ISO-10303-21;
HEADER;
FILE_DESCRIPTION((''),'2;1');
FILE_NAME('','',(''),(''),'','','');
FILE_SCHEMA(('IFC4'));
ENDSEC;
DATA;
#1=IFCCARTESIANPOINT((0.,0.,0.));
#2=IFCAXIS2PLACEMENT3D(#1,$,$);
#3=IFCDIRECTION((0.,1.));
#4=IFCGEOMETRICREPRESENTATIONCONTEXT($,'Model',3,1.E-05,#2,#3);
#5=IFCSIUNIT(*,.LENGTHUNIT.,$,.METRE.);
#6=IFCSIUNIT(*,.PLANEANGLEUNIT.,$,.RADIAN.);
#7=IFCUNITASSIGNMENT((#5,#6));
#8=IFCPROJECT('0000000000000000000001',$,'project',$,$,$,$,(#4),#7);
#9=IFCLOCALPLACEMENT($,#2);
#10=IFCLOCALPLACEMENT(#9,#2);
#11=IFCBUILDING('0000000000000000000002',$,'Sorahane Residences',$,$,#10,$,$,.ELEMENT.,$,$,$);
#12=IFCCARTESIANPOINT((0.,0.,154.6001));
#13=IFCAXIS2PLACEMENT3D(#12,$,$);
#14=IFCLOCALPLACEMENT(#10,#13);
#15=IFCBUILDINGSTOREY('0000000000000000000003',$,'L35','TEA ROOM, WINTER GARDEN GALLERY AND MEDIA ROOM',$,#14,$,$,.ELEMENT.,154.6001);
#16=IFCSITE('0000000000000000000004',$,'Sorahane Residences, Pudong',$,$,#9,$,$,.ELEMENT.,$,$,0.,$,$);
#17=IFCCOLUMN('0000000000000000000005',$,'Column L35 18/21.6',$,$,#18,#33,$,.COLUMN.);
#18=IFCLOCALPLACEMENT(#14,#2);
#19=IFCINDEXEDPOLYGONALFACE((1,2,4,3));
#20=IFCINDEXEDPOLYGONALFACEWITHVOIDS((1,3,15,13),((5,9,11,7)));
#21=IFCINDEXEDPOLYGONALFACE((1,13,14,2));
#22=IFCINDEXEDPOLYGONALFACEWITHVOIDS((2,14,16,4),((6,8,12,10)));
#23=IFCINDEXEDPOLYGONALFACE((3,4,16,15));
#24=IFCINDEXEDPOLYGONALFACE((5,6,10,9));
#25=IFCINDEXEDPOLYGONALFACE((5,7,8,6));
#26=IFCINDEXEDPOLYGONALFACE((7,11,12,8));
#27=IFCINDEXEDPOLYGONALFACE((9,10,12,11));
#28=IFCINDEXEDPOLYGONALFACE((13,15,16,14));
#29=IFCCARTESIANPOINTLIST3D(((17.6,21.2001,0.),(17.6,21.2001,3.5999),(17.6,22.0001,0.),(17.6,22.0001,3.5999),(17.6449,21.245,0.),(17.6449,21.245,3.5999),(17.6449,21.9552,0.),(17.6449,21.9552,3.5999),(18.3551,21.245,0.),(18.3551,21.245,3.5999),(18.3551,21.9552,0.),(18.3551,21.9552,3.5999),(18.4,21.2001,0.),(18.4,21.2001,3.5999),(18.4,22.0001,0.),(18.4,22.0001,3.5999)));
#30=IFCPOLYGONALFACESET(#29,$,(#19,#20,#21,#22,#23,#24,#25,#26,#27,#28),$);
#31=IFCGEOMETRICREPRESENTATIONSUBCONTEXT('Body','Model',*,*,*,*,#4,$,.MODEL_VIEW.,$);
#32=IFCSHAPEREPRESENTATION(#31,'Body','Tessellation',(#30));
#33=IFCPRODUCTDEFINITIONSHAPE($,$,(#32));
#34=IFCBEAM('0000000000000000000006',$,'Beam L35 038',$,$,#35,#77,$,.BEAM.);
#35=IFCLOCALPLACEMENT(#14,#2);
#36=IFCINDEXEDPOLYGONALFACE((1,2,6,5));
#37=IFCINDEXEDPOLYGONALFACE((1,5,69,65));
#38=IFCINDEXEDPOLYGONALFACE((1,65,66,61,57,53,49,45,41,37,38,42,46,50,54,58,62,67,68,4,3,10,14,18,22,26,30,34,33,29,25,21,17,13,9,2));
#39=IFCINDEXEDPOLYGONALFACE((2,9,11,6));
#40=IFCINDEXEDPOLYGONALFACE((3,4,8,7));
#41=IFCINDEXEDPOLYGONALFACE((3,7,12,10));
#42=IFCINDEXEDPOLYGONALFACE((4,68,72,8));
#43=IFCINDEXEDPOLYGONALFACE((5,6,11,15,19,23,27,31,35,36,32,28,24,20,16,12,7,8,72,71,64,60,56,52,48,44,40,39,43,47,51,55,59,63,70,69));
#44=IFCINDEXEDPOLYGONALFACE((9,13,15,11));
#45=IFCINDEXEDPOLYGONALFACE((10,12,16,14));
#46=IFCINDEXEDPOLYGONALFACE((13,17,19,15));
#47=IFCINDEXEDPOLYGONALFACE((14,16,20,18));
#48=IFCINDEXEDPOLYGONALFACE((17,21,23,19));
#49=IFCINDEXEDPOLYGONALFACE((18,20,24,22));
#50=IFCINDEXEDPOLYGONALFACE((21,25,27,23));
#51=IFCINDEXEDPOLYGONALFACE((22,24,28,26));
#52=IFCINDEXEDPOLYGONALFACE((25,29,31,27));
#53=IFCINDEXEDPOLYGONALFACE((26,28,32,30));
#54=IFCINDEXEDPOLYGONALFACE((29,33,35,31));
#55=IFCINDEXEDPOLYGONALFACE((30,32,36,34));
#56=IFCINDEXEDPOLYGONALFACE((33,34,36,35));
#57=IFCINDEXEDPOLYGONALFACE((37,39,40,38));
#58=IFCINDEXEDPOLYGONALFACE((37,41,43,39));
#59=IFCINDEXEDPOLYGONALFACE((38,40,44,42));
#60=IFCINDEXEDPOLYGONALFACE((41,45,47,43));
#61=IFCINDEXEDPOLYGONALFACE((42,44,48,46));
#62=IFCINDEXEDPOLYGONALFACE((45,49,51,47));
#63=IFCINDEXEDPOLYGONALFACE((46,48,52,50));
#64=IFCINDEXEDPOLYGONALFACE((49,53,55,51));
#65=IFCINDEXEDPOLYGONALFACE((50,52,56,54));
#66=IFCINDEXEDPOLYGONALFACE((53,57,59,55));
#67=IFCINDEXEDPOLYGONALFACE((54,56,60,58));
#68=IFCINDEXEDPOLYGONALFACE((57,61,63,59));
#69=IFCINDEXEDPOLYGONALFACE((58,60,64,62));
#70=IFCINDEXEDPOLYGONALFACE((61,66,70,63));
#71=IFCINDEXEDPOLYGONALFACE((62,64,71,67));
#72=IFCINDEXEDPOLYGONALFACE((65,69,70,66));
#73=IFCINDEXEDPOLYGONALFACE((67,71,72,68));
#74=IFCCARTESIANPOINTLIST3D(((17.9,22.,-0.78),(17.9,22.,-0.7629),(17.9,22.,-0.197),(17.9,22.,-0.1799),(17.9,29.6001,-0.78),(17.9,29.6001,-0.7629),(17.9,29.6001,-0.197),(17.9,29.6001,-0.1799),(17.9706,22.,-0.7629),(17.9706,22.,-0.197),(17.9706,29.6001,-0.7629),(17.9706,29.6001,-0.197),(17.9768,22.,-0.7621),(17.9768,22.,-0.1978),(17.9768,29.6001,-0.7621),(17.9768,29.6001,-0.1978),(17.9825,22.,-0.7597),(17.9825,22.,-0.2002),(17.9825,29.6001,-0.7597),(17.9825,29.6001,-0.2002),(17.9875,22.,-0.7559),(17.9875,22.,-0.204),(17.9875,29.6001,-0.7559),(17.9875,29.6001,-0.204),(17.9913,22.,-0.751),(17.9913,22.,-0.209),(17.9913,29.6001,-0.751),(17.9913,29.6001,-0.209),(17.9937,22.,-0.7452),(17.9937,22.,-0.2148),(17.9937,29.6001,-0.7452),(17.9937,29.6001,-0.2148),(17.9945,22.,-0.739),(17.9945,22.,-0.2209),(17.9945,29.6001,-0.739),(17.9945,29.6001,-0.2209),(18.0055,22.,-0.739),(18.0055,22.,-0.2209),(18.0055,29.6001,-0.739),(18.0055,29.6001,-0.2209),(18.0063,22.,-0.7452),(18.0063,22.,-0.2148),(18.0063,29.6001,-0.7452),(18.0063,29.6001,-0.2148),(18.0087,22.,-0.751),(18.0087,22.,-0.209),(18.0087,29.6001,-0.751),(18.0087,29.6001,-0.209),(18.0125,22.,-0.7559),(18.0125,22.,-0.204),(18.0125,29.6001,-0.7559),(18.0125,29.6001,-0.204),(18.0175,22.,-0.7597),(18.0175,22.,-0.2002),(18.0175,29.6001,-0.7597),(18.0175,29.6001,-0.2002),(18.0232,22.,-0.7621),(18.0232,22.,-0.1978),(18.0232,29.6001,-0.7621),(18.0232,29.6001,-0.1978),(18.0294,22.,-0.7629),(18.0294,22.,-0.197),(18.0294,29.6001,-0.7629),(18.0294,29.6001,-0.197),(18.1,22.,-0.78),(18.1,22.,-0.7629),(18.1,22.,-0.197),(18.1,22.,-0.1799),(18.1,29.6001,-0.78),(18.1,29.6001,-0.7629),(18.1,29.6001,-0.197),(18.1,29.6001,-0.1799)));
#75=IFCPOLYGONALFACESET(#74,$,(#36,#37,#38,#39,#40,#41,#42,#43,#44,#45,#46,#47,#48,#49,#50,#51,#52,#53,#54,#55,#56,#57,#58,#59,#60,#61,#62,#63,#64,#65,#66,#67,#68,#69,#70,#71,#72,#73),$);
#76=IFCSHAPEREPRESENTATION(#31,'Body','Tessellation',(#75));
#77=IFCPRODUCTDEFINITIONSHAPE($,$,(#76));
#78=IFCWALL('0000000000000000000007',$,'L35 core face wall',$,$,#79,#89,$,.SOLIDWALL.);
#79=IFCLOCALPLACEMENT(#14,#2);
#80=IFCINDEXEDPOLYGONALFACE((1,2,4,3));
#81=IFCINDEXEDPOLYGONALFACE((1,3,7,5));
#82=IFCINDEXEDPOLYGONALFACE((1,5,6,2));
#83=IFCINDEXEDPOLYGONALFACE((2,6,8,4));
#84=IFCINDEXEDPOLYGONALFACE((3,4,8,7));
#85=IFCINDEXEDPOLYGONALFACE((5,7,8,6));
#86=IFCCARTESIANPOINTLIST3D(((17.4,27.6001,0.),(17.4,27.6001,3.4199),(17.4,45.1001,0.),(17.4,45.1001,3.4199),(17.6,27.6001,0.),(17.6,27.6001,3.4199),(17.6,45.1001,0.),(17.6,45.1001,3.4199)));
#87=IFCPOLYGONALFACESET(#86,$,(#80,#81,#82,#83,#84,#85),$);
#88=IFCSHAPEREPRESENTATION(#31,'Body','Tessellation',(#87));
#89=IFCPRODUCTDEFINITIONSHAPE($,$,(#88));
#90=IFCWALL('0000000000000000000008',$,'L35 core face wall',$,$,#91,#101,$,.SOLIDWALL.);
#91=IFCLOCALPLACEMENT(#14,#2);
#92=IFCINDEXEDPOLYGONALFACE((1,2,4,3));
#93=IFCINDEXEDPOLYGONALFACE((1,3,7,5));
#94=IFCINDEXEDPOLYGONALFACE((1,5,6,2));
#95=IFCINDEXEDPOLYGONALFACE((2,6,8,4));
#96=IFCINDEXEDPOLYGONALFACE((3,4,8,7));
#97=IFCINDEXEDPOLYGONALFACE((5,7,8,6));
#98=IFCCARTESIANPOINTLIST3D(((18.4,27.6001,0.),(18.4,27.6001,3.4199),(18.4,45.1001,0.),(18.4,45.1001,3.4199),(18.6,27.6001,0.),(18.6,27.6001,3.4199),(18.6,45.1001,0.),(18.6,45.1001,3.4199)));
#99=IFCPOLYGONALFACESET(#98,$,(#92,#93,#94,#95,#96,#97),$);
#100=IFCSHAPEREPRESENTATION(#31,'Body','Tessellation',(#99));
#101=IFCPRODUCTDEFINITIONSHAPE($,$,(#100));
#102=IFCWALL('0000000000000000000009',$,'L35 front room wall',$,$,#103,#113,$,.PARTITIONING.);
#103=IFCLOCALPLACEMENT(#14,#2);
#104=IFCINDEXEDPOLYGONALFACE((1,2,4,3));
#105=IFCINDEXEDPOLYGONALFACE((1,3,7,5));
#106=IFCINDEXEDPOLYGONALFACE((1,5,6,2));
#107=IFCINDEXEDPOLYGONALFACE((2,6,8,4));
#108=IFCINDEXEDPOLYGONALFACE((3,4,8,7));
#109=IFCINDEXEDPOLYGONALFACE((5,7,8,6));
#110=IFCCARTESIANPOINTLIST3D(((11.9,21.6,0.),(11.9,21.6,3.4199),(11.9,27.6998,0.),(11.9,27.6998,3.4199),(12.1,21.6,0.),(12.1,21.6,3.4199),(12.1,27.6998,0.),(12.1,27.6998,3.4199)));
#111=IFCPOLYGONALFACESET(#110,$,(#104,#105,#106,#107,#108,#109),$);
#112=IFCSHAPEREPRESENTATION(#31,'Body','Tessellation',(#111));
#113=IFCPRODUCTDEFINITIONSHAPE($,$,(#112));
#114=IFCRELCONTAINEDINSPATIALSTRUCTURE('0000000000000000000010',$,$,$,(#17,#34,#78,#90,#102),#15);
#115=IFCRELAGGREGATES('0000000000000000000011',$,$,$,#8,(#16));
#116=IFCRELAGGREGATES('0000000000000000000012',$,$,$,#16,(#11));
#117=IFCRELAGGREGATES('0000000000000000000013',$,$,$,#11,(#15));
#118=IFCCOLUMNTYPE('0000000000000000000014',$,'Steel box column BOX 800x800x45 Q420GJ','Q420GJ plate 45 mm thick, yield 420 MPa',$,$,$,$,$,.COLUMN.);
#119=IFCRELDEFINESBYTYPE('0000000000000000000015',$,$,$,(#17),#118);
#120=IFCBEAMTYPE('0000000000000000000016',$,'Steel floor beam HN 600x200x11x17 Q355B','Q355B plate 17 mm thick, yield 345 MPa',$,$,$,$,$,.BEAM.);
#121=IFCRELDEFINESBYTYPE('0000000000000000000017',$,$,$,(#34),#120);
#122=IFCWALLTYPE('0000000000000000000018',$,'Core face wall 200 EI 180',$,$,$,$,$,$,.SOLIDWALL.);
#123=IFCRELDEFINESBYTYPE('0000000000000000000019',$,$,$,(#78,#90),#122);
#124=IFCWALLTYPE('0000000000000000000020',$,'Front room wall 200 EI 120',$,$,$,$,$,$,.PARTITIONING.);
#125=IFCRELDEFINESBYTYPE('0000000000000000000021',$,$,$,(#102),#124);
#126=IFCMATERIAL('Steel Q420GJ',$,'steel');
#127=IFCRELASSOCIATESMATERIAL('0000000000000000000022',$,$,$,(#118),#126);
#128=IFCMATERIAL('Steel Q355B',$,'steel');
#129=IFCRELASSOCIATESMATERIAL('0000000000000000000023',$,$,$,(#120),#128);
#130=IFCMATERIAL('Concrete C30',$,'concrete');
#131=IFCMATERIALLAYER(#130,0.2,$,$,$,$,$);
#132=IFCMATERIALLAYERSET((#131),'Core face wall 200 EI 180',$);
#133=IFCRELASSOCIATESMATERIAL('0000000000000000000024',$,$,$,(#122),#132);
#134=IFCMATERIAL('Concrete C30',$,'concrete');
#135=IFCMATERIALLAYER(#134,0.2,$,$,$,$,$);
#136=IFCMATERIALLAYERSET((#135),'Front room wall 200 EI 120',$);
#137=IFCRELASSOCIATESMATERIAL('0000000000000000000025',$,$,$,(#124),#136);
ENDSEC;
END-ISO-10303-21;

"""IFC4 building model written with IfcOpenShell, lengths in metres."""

from ifc_helpers import new_model, si_unit, direction, frame, frame_2d, origin, origin_2d, place, context, subcontext, project, spatial, rectangle, hollow_rectangle, i_section, extrude, material, layer, layer_set, material_profile, profile_set, type_object, element, save


model = new_model("IFC4")

# Units and contexts
model_context = context("Model", 3, precision=1e-05, world=origin(), true_north=direction((0.0, 1.0)))
body_context = subcontext(model_context, "Body", "Model", "MODEL_VIEW")
ifc_project = project(units=[si_unit("LENGTHUNIT", "METRE"), si_unit("PLANEANGLEUNIT", "RADIAN")], contexts=[model_context])

# Site, building, storey
site_placement = place(None, origin())
site = spatial("IfcSite", under=ifc_project, at=site_placement, Name="Sorahane Residences, Pudong", CompositionType="ELEMENT", RefElevation=0.0)
building_placement = place(site_placement, origin())
building = spatial("IfcBuilding", under=site, at=building_placement, Name="Sorahane Residences", CompositionType="ELEMENT")
storey_placement = place(building_placement, frame((0.0, 0.0, 154.6001)))
storey = spatial("IfcBuildingStorey", under=building, at=storey_placement, Name="L35", Description="TEA ROOM, WINTER GARDEN GALLERY AND MEDIA ROOM", CompositionType="ELEMENT", Elevation=154.6001)

# Column
ifc_material_1 = material(Name="Steel Q420GJ", Category="steel")
ifc_material_profile_1 = material_profile(ifc_material_1, hollow_rectangle(XDim=0.8, YDim=0.8, WallThickness=0.0449, at=origin_2d()), Name="BOX 800x800x45")
ifc_profile_set_1 = profile_set([ifc_material_profile_1], Name="Steel Q420GJ")
column_type = type_object("IfcColumnType", Name="Steel box column BOX 800x800x45 Q420GJ", Description="Q420GJ plate 45 mm thick, yield 420 MPa", PredefinedType="COLUMN", material=ifc_profile_set_1)
column_placement = place(storey_placement, frame((18.0, 21.6001, 0.0), z_axis=(0.0, 0.0, 1.0), x_axis=(1.0, 0.0, 0.0)))
element("IfcColumn", 1, at=column_placement, inside=storey, type_object=column_type, Name="Column L35 18/21.6", PredefinedType="COLUMN", context=body_context, shape_type="SweptSolid", body=[
    extrude(hollow_rectangle(XDim=0.8, YDim=0.8, WallThickness=0.0449, at=origin_2d()), origin(), (0.0, 0.0, 1.0), 3.5999),
])

# Beam
ifc_material_2 = material(Name="Steel Q355B", Category="steel")
ifc_material_profile_2 = material_profile(ifc_material_2, i_section(OverallWidth=0.2, OverallDepth=0.6001, WebThickness=0.011, FlangeThickness=0.0171, FilletRadius=0.0239, at=origin_2d()), Name="HN 600x200x11x17")
ifc_profile_set_2 = profile_set([ifc_material_profile_2], Name="Steel Q355B")
beam_type = type_object("IfcBeamType", Name="Steel floor beam HN 600x200x11x17 Q355B", Description="Q355B plate 17 mm thick, yield 345 MPa", PredefinedType="BEAM", material=ifc_profile_set_2)
beam_placement = place(storey_placement, frame((18.0, 22.0, -0.48), z_axis=(0.0, 1.0, 0.0), x_axis=(-1.0, 0.0, 0.0)))
element("IfcBeam", 2, at=beam_placement, inside=storey, type_object=beam_type, Name="Beam L35 038", PredefinedType="BEAM", context=body_context, shape_type="SweptSolid", body=[
    extrude(i_section(OverallWidth=0.2, OverallDepth=0.6001, WebThickness=0.011, FlangeThickness=0.0171, FilletRadius=0.0239, at=origin_2d()), origin(), (0.0, 0.0, 1.0), 7.6001),
])

# Walls
ifc_material_3 = material(Name="Concrete C30", Category="concrete")
ifc_layer_1 = layer(ifc_material_3, 0.2)
ifc_layer_set_1 = layer_set([ifc_layer_1], Name="Core face wall 200 EI 180")
wall_type_1 = type_object("IfcWallType", Name="Core face wall 200 EI 180", PredefinedType="SOLIDWALL", material=ifc_layer_set_1)
for number, where, z_axis, x_axis, name in (
    (3, (17.5, 27.6001, 0.0), (0.0, 0.0, 1.0), (0.0, 1.0, 0.0), "L35 core face wall"),
    (4, (18.5, 27.6001, 0.0), (0.0, 0.0, 1.0), (0.0, 1.0, 0.0), "L35 core face wall"),
):
    element("IfcWall", number, at=place(storey_placement, frame(where, z_axis=z_axis, x_axis=x_axis)), inside=storey, type_object=wall_type_1, Name=name, PredefinedType="SOLIDWALL", context=body_context, shape_type="SweptSolid", body=[
        extrude(rectangle(XDim=17.5, YDim=0.2, at=frame_2d((8.75, 0.0))), origin(), (0.0, 0.0, 1.0), 3.4199),
    ])
ifc_material_4 = material(Name="Concrete C30", Category="concrete")
ifc_layer_2 = layer(ifc_material_4, 0.2)
ifc_layer_set_2 = layer_set([ifc_layer_2], Name="Front room wall 200 EI 120")
wall_type_2 = type_object("IfcWallType", Name="Front room wall 200 EI 120", PredefinedType="PARTITIONING", material=ifc_layer_set_2)
wall_1_placement = place(storey_placement, frame((12.0, 21.6001, 0.0), z_axis=(0.0, 0.0, 1.0), x_axis=(0.0, 1.0, 0.0)))
element("IfcWall", 5, at=wall_1_placement, inside=storey, type_object=wall_type_2, Name="L35 front room wall", PredefinedType="PARTITIONING", context=body_context, shape_type="SweptSolid", body=[
    extrude(rectangle(XDim=6.0999, YDim=0.2, at=frame_2d((3.0498, 0.0))), origin(), (0.0, 0.0, 1.0), 3.4199),
])

save(model, "model.ifc")
